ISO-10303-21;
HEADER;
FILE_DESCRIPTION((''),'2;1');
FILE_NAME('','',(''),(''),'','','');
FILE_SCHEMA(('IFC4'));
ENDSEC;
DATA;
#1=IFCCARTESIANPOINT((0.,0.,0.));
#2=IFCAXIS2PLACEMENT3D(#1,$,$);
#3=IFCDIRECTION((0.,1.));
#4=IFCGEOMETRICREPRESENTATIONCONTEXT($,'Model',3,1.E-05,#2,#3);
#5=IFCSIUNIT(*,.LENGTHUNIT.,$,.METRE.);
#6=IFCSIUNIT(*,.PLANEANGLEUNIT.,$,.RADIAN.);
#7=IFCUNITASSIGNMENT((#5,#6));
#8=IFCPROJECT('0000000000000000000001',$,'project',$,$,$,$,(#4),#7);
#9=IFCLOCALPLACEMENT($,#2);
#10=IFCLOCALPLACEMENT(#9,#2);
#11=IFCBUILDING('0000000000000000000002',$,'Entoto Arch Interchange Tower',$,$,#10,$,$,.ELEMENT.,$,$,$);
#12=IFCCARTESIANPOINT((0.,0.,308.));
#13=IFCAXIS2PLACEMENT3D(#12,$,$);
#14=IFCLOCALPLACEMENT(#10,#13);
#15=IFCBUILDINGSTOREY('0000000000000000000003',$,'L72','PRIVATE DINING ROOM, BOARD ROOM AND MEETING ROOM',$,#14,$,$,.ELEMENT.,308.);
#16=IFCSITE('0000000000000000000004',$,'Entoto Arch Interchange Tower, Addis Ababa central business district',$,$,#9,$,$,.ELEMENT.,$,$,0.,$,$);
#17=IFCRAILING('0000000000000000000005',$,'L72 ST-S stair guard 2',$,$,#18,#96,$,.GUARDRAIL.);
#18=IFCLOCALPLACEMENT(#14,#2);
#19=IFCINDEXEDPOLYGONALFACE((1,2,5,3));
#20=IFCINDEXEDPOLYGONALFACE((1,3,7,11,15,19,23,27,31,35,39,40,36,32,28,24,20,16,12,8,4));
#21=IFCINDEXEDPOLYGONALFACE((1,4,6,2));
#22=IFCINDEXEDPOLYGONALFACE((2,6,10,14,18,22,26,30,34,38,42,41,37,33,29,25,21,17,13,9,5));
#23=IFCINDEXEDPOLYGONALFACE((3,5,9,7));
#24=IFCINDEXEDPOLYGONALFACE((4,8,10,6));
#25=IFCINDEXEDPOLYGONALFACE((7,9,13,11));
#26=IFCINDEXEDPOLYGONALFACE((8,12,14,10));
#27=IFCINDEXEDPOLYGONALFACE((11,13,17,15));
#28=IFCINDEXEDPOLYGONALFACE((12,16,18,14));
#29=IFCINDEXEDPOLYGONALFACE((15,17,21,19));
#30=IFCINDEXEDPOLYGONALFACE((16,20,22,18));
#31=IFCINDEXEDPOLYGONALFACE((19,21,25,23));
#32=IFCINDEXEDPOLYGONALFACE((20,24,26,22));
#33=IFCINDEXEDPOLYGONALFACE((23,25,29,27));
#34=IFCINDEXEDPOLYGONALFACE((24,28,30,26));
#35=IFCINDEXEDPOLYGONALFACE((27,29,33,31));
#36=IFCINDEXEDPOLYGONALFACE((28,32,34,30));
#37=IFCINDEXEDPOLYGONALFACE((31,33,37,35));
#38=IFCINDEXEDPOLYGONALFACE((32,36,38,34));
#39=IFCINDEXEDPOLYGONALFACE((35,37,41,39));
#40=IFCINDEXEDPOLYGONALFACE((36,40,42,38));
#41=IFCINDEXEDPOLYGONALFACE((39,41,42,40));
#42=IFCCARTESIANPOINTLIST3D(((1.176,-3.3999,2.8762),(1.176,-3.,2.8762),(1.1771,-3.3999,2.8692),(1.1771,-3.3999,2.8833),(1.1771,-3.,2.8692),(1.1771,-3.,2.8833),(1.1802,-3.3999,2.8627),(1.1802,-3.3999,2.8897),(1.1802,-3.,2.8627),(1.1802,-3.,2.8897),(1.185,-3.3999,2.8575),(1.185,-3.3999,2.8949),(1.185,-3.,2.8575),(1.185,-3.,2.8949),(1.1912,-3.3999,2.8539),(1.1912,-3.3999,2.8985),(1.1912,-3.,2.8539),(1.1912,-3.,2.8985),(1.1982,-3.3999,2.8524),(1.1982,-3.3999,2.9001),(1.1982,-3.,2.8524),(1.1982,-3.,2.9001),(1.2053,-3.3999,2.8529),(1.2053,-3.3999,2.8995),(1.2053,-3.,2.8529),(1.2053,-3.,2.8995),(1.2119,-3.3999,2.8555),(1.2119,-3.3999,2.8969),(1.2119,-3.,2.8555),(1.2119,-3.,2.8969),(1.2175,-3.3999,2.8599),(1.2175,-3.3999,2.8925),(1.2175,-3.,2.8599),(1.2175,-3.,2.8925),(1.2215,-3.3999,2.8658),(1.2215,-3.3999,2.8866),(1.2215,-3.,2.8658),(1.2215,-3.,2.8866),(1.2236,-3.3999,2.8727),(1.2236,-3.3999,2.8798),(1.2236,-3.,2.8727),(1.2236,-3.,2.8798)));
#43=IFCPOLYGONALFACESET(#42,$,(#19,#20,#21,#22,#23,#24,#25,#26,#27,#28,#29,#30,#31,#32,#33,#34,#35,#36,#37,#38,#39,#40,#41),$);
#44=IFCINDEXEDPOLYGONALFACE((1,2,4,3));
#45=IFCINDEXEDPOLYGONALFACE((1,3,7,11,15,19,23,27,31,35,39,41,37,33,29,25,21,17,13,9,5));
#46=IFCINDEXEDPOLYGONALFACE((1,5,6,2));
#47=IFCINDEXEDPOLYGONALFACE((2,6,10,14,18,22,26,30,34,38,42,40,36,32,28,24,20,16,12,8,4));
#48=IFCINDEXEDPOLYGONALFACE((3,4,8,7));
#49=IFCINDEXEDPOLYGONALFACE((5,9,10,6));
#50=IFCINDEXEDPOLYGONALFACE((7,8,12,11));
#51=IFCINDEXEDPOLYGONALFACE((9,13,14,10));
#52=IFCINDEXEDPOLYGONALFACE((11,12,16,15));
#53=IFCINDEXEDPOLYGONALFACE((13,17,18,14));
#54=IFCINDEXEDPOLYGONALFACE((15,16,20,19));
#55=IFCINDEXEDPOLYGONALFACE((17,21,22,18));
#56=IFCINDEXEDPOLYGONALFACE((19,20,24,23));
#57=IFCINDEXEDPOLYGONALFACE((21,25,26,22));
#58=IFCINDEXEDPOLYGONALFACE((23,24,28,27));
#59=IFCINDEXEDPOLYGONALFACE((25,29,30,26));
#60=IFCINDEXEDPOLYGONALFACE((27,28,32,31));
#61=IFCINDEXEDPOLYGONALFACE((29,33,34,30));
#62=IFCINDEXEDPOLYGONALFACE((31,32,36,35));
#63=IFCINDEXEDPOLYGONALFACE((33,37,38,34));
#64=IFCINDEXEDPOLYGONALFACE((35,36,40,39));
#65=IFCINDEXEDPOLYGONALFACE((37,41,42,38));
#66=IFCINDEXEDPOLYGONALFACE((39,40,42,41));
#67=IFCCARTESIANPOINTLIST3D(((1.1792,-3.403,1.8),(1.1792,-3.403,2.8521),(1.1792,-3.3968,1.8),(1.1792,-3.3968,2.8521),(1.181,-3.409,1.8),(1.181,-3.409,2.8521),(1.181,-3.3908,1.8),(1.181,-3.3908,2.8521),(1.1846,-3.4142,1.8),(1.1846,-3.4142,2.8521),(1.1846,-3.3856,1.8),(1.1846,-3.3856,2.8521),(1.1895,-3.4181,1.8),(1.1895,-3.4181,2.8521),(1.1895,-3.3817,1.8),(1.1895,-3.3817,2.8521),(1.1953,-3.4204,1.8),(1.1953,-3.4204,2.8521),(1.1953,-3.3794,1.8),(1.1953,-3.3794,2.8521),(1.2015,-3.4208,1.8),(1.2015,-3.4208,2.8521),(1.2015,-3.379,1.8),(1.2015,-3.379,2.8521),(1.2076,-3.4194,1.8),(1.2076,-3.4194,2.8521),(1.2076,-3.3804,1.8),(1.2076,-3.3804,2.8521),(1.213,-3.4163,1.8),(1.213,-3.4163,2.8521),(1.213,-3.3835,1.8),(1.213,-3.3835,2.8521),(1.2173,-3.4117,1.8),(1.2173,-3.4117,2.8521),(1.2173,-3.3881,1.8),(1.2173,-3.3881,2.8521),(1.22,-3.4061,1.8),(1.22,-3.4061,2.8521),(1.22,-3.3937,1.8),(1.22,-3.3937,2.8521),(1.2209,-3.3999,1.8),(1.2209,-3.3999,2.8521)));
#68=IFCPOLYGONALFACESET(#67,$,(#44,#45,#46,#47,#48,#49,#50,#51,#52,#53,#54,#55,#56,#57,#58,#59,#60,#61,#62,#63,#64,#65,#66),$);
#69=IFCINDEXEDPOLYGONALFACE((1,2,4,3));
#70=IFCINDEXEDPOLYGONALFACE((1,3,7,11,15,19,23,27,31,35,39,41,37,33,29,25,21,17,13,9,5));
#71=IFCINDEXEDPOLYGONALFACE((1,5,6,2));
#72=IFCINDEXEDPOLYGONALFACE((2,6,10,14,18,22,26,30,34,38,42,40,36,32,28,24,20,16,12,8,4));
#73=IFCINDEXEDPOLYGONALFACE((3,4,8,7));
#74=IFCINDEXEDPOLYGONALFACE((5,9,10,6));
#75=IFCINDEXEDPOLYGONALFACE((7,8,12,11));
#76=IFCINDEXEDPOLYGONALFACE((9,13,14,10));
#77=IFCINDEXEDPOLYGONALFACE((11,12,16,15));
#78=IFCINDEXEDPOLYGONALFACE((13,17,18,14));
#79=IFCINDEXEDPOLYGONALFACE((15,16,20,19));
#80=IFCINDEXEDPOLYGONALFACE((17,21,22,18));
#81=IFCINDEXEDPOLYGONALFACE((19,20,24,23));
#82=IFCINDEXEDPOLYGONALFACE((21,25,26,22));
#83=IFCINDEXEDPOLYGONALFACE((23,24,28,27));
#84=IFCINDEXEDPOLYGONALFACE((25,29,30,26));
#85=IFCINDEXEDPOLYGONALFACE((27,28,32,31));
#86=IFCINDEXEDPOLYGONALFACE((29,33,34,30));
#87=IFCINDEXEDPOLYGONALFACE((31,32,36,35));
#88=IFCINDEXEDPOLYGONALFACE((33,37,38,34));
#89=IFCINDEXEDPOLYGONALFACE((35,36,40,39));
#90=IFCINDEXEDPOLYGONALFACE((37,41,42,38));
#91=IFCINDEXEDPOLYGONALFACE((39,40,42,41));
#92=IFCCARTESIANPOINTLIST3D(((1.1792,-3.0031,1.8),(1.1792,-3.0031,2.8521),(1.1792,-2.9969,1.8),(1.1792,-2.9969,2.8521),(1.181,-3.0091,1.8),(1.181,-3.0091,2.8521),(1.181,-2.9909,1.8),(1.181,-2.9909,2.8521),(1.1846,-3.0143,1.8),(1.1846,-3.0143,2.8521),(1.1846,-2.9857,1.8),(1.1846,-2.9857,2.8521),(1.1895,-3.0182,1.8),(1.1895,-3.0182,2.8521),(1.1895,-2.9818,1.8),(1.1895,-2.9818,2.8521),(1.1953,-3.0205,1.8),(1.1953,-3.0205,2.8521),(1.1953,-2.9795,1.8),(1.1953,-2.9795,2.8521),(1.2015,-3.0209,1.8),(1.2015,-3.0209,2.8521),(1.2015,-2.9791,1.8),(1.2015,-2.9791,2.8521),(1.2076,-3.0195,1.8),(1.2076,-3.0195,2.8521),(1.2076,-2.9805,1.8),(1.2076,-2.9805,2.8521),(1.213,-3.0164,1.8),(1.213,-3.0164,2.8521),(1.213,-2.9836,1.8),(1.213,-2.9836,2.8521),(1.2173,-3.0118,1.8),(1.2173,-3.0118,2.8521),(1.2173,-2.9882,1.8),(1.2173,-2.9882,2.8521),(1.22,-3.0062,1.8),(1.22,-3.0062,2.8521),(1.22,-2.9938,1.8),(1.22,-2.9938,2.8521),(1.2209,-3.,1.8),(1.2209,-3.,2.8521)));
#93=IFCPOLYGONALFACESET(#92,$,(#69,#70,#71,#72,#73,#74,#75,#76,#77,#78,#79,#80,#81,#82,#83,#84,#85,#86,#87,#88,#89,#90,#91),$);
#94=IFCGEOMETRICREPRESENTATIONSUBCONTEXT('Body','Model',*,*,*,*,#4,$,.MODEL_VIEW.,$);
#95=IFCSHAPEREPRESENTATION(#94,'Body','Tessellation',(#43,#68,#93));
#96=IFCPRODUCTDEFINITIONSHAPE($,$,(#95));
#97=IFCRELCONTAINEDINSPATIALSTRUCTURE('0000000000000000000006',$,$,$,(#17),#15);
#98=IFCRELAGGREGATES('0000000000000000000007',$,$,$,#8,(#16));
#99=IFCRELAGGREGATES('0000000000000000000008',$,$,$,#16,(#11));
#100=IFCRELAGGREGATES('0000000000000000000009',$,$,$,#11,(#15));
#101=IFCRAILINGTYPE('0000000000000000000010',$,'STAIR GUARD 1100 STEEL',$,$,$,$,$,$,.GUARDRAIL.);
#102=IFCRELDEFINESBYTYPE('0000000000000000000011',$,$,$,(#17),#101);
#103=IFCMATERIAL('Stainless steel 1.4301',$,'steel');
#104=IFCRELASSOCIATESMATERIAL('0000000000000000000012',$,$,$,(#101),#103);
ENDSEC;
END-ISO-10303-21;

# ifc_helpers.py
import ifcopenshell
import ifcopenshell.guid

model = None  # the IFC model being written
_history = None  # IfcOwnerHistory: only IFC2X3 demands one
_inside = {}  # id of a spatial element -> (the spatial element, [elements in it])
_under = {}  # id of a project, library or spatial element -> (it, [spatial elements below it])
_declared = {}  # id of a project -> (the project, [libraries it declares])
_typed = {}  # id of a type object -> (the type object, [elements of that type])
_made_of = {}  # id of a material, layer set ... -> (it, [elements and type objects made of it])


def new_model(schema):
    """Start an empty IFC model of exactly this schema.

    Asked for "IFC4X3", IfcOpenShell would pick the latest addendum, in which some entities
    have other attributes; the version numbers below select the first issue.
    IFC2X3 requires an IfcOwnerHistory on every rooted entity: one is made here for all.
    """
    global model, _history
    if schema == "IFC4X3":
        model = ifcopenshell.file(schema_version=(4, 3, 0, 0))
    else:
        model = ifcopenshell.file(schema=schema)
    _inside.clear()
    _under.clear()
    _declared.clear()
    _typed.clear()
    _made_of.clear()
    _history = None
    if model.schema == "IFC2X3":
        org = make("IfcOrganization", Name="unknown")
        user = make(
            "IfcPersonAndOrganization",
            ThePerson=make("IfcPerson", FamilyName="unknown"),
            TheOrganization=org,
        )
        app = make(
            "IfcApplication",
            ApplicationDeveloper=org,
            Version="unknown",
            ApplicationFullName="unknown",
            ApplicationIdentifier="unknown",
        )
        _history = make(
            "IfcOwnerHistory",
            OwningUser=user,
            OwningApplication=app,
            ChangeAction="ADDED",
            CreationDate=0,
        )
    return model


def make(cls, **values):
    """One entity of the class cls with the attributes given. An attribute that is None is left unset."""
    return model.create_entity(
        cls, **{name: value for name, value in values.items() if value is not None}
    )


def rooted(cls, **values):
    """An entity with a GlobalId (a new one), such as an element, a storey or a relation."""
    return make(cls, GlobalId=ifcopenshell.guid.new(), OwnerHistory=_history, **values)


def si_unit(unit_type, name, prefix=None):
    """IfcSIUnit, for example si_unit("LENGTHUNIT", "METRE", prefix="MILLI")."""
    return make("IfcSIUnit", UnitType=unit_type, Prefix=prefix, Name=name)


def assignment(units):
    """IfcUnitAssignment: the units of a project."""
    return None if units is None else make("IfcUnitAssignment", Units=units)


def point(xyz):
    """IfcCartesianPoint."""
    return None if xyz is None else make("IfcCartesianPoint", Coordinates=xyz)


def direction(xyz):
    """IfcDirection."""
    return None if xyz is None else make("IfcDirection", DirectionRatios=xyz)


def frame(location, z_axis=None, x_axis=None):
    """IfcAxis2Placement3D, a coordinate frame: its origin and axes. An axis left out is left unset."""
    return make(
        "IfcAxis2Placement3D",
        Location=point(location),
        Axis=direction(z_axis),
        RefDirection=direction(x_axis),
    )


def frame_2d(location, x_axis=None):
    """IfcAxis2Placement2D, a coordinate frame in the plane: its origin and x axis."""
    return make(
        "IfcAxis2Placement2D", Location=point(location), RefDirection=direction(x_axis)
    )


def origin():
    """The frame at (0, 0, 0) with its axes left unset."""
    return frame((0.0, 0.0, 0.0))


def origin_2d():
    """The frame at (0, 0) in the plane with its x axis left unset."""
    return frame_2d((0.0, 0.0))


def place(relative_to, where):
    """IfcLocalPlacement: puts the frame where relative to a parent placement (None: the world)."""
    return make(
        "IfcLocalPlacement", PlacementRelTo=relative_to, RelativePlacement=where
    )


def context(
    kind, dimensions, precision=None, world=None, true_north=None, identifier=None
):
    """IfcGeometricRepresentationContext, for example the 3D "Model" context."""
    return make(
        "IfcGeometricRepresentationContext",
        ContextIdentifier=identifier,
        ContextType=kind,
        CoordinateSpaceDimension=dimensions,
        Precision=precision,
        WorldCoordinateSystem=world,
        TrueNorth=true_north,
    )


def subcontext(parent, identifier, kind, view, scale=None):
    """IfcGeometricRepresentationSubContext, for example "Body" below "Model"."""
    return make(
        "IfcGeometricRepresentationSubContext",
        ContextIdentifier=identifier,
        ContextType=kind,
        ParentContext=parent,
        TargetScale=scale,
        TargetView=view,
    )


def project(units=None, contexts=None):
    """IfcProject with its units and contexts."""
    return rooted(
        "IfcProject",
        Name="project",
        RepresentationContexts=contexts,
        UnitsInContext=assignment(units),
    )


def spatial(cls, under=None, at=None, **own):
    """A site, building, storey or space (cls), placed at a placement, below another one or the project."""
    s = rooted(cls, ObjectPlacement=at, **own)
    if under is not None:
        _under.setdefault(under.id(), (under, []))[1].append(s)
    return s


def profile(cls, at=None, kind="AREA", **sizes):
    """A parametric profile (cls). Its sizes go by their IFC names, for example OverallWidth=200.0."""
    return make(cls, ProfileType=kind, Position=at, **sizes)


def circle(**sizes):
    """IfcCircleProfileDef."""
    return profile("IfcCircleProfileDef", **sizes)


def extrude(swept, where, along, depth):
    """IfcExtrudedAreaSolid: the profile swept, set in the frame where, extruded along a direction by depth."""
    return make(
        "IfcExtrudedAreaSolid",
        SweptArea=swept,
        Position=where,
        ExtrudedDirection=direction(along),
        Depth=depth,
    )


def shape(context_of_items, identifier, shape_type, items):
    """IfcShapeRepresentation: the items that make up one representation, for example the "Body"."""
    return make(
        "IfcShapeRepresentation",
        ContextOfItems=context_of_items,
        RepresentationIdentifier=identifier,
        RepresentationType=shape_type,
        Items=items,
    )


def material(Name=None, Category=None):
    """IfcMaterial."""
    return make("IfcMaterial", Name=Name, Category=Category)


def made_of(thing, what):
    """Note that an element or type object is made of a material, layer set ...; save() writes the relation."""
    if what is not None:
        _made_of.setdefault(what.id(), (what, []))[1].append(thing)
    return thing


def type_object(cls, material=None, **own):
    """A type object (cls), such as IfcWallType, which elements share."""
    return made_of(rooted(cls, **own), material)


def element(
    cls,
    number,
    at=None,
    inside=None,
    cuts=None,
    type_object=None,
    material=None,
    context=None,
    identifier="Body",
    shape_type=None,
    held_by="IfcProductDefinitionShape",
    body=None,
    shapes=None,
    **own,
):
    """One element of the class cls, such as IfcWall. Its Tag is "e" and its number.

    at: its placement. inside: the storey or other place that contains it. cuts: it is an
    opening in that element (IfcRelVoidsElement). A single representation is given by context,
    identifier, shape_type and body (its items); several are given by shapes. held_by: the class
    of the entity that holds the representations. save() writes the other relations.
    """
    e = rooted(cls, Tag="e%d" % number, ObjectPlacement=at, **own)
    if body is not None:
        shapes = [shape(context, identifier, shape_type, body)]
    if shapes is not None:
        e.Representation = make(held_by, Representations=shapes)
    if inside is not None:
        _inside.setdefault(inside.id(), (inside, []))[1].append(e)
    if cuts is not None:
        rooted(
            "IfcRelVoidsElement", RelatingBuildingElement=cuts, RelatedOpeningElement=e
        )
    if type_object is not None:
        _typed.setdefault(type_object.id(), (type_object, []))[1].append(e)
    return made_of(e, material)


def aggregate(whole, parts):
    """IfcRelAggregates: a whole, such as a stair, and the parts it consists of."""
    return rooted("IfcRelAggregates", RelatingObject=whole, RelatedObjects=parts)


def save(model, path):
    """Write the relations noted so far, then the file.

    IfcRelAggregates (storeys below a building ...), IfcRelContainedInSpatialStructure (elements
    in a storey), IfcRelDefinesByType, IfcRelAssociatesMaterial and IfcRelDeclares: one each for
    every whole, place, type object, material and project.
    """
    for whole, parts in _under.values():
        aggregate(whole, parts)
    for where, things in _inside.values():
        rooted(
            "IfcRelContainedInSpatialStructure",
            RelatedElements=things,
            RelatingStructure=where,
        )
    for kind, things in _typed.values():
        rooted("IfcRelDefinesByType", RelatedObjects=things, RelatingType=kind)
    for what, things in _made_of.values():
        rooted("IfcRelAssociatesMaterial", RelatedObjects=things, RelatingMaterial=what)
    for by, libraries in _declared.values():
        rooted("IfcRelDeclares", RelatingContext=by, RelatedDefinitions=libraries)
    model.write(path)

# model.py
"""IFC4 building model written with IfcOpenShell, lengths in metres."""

from ifc_helpers import new_model, si_unit, direction, frame, origin, origin_2d, place, context, subcontext, project, spatial, circle, extrude, material, type_object, element, save


model = new_model("IFC4")

# Units and contexts
model_context = context("Model", 3, precision=1e-05, world=origin(), true_north=direction((0.0, 1.0)))
body_context = subcontext(model_context, "Body", "Model", "MODEL_VIEW")
ifc_project = project(units=[si_unit("LENGTHUNIT", "METRE"), si_unit("PLANEANGLEUNIT", "RADIAN")], contexts=[model_context])

# Site, building, storey
site_placement = place(None, origin())
site = spatial("IfcSite", under=ifc_project, at=site_placement, Name="Entoto Arch Interchange Tower, Addis Ababa central business district", CompositionType="ELEMENT", RefElevation=0.0)
building_placement = place(site_placement, origin())
building = spatial("IfcBuilding", under=site, at=building_placement, Name="Entoto Arch Interchange Tower", CompositionType="ELEMENT")
storey_placement = place(building_placement, frame((0.0, 0.0, 308.0)))
storey = spatial("IfcBuildingStorey", under=building, at=storey_placement, Name="L72", Description="PRIVATE DINING ROOM, BOARD ROOM AND MEETING ROOM", CompositionType="ELEMENT", Elevation=308.0)

# Shared definitions
ifc_material_1 = material(Name="Stainless steel 1.4301", Category="steel")

# Railing
railing_type_1 = type_object("IfcRailingType", Name="STAIR GUARD 1100 STEEL", PredefinedType="GUARDRAIL", material=ifc_material_1)
railing_1_placement = place(storey_placement, frame((1.2, -3.3999, 1.8)))
element("IfcRailing", 1, at=railing_1_placement, inside=storey, type_object=railing_type_1, Name="L72 ST-S stair guard 2", PredefinedType="GUARDRAIL", context=body_context, shape_type="SweptSolid", body=[
    extrude(circle(Radius=0.0239, at=origin_2d()), frame((0.0, 0.0, 1.0762), z_axis=(0.0, 1.0, 0.0), x_axis=(-1.0, 0.0, 0.0)), (0.0, 0.0, 1.0), 0.3999),
    extrude(circle(Radius=0.021, at=origin_2d()), origin(), (0.0, 0.0, 1.0), 1.052),
    extrude(circle(Radius=0.021, at=origin_2d()), frame((0.0, 0.3999, 0.0)), (0.0, 0.0, 1.0), 1.052),
])

save(model, "model.ifc")
